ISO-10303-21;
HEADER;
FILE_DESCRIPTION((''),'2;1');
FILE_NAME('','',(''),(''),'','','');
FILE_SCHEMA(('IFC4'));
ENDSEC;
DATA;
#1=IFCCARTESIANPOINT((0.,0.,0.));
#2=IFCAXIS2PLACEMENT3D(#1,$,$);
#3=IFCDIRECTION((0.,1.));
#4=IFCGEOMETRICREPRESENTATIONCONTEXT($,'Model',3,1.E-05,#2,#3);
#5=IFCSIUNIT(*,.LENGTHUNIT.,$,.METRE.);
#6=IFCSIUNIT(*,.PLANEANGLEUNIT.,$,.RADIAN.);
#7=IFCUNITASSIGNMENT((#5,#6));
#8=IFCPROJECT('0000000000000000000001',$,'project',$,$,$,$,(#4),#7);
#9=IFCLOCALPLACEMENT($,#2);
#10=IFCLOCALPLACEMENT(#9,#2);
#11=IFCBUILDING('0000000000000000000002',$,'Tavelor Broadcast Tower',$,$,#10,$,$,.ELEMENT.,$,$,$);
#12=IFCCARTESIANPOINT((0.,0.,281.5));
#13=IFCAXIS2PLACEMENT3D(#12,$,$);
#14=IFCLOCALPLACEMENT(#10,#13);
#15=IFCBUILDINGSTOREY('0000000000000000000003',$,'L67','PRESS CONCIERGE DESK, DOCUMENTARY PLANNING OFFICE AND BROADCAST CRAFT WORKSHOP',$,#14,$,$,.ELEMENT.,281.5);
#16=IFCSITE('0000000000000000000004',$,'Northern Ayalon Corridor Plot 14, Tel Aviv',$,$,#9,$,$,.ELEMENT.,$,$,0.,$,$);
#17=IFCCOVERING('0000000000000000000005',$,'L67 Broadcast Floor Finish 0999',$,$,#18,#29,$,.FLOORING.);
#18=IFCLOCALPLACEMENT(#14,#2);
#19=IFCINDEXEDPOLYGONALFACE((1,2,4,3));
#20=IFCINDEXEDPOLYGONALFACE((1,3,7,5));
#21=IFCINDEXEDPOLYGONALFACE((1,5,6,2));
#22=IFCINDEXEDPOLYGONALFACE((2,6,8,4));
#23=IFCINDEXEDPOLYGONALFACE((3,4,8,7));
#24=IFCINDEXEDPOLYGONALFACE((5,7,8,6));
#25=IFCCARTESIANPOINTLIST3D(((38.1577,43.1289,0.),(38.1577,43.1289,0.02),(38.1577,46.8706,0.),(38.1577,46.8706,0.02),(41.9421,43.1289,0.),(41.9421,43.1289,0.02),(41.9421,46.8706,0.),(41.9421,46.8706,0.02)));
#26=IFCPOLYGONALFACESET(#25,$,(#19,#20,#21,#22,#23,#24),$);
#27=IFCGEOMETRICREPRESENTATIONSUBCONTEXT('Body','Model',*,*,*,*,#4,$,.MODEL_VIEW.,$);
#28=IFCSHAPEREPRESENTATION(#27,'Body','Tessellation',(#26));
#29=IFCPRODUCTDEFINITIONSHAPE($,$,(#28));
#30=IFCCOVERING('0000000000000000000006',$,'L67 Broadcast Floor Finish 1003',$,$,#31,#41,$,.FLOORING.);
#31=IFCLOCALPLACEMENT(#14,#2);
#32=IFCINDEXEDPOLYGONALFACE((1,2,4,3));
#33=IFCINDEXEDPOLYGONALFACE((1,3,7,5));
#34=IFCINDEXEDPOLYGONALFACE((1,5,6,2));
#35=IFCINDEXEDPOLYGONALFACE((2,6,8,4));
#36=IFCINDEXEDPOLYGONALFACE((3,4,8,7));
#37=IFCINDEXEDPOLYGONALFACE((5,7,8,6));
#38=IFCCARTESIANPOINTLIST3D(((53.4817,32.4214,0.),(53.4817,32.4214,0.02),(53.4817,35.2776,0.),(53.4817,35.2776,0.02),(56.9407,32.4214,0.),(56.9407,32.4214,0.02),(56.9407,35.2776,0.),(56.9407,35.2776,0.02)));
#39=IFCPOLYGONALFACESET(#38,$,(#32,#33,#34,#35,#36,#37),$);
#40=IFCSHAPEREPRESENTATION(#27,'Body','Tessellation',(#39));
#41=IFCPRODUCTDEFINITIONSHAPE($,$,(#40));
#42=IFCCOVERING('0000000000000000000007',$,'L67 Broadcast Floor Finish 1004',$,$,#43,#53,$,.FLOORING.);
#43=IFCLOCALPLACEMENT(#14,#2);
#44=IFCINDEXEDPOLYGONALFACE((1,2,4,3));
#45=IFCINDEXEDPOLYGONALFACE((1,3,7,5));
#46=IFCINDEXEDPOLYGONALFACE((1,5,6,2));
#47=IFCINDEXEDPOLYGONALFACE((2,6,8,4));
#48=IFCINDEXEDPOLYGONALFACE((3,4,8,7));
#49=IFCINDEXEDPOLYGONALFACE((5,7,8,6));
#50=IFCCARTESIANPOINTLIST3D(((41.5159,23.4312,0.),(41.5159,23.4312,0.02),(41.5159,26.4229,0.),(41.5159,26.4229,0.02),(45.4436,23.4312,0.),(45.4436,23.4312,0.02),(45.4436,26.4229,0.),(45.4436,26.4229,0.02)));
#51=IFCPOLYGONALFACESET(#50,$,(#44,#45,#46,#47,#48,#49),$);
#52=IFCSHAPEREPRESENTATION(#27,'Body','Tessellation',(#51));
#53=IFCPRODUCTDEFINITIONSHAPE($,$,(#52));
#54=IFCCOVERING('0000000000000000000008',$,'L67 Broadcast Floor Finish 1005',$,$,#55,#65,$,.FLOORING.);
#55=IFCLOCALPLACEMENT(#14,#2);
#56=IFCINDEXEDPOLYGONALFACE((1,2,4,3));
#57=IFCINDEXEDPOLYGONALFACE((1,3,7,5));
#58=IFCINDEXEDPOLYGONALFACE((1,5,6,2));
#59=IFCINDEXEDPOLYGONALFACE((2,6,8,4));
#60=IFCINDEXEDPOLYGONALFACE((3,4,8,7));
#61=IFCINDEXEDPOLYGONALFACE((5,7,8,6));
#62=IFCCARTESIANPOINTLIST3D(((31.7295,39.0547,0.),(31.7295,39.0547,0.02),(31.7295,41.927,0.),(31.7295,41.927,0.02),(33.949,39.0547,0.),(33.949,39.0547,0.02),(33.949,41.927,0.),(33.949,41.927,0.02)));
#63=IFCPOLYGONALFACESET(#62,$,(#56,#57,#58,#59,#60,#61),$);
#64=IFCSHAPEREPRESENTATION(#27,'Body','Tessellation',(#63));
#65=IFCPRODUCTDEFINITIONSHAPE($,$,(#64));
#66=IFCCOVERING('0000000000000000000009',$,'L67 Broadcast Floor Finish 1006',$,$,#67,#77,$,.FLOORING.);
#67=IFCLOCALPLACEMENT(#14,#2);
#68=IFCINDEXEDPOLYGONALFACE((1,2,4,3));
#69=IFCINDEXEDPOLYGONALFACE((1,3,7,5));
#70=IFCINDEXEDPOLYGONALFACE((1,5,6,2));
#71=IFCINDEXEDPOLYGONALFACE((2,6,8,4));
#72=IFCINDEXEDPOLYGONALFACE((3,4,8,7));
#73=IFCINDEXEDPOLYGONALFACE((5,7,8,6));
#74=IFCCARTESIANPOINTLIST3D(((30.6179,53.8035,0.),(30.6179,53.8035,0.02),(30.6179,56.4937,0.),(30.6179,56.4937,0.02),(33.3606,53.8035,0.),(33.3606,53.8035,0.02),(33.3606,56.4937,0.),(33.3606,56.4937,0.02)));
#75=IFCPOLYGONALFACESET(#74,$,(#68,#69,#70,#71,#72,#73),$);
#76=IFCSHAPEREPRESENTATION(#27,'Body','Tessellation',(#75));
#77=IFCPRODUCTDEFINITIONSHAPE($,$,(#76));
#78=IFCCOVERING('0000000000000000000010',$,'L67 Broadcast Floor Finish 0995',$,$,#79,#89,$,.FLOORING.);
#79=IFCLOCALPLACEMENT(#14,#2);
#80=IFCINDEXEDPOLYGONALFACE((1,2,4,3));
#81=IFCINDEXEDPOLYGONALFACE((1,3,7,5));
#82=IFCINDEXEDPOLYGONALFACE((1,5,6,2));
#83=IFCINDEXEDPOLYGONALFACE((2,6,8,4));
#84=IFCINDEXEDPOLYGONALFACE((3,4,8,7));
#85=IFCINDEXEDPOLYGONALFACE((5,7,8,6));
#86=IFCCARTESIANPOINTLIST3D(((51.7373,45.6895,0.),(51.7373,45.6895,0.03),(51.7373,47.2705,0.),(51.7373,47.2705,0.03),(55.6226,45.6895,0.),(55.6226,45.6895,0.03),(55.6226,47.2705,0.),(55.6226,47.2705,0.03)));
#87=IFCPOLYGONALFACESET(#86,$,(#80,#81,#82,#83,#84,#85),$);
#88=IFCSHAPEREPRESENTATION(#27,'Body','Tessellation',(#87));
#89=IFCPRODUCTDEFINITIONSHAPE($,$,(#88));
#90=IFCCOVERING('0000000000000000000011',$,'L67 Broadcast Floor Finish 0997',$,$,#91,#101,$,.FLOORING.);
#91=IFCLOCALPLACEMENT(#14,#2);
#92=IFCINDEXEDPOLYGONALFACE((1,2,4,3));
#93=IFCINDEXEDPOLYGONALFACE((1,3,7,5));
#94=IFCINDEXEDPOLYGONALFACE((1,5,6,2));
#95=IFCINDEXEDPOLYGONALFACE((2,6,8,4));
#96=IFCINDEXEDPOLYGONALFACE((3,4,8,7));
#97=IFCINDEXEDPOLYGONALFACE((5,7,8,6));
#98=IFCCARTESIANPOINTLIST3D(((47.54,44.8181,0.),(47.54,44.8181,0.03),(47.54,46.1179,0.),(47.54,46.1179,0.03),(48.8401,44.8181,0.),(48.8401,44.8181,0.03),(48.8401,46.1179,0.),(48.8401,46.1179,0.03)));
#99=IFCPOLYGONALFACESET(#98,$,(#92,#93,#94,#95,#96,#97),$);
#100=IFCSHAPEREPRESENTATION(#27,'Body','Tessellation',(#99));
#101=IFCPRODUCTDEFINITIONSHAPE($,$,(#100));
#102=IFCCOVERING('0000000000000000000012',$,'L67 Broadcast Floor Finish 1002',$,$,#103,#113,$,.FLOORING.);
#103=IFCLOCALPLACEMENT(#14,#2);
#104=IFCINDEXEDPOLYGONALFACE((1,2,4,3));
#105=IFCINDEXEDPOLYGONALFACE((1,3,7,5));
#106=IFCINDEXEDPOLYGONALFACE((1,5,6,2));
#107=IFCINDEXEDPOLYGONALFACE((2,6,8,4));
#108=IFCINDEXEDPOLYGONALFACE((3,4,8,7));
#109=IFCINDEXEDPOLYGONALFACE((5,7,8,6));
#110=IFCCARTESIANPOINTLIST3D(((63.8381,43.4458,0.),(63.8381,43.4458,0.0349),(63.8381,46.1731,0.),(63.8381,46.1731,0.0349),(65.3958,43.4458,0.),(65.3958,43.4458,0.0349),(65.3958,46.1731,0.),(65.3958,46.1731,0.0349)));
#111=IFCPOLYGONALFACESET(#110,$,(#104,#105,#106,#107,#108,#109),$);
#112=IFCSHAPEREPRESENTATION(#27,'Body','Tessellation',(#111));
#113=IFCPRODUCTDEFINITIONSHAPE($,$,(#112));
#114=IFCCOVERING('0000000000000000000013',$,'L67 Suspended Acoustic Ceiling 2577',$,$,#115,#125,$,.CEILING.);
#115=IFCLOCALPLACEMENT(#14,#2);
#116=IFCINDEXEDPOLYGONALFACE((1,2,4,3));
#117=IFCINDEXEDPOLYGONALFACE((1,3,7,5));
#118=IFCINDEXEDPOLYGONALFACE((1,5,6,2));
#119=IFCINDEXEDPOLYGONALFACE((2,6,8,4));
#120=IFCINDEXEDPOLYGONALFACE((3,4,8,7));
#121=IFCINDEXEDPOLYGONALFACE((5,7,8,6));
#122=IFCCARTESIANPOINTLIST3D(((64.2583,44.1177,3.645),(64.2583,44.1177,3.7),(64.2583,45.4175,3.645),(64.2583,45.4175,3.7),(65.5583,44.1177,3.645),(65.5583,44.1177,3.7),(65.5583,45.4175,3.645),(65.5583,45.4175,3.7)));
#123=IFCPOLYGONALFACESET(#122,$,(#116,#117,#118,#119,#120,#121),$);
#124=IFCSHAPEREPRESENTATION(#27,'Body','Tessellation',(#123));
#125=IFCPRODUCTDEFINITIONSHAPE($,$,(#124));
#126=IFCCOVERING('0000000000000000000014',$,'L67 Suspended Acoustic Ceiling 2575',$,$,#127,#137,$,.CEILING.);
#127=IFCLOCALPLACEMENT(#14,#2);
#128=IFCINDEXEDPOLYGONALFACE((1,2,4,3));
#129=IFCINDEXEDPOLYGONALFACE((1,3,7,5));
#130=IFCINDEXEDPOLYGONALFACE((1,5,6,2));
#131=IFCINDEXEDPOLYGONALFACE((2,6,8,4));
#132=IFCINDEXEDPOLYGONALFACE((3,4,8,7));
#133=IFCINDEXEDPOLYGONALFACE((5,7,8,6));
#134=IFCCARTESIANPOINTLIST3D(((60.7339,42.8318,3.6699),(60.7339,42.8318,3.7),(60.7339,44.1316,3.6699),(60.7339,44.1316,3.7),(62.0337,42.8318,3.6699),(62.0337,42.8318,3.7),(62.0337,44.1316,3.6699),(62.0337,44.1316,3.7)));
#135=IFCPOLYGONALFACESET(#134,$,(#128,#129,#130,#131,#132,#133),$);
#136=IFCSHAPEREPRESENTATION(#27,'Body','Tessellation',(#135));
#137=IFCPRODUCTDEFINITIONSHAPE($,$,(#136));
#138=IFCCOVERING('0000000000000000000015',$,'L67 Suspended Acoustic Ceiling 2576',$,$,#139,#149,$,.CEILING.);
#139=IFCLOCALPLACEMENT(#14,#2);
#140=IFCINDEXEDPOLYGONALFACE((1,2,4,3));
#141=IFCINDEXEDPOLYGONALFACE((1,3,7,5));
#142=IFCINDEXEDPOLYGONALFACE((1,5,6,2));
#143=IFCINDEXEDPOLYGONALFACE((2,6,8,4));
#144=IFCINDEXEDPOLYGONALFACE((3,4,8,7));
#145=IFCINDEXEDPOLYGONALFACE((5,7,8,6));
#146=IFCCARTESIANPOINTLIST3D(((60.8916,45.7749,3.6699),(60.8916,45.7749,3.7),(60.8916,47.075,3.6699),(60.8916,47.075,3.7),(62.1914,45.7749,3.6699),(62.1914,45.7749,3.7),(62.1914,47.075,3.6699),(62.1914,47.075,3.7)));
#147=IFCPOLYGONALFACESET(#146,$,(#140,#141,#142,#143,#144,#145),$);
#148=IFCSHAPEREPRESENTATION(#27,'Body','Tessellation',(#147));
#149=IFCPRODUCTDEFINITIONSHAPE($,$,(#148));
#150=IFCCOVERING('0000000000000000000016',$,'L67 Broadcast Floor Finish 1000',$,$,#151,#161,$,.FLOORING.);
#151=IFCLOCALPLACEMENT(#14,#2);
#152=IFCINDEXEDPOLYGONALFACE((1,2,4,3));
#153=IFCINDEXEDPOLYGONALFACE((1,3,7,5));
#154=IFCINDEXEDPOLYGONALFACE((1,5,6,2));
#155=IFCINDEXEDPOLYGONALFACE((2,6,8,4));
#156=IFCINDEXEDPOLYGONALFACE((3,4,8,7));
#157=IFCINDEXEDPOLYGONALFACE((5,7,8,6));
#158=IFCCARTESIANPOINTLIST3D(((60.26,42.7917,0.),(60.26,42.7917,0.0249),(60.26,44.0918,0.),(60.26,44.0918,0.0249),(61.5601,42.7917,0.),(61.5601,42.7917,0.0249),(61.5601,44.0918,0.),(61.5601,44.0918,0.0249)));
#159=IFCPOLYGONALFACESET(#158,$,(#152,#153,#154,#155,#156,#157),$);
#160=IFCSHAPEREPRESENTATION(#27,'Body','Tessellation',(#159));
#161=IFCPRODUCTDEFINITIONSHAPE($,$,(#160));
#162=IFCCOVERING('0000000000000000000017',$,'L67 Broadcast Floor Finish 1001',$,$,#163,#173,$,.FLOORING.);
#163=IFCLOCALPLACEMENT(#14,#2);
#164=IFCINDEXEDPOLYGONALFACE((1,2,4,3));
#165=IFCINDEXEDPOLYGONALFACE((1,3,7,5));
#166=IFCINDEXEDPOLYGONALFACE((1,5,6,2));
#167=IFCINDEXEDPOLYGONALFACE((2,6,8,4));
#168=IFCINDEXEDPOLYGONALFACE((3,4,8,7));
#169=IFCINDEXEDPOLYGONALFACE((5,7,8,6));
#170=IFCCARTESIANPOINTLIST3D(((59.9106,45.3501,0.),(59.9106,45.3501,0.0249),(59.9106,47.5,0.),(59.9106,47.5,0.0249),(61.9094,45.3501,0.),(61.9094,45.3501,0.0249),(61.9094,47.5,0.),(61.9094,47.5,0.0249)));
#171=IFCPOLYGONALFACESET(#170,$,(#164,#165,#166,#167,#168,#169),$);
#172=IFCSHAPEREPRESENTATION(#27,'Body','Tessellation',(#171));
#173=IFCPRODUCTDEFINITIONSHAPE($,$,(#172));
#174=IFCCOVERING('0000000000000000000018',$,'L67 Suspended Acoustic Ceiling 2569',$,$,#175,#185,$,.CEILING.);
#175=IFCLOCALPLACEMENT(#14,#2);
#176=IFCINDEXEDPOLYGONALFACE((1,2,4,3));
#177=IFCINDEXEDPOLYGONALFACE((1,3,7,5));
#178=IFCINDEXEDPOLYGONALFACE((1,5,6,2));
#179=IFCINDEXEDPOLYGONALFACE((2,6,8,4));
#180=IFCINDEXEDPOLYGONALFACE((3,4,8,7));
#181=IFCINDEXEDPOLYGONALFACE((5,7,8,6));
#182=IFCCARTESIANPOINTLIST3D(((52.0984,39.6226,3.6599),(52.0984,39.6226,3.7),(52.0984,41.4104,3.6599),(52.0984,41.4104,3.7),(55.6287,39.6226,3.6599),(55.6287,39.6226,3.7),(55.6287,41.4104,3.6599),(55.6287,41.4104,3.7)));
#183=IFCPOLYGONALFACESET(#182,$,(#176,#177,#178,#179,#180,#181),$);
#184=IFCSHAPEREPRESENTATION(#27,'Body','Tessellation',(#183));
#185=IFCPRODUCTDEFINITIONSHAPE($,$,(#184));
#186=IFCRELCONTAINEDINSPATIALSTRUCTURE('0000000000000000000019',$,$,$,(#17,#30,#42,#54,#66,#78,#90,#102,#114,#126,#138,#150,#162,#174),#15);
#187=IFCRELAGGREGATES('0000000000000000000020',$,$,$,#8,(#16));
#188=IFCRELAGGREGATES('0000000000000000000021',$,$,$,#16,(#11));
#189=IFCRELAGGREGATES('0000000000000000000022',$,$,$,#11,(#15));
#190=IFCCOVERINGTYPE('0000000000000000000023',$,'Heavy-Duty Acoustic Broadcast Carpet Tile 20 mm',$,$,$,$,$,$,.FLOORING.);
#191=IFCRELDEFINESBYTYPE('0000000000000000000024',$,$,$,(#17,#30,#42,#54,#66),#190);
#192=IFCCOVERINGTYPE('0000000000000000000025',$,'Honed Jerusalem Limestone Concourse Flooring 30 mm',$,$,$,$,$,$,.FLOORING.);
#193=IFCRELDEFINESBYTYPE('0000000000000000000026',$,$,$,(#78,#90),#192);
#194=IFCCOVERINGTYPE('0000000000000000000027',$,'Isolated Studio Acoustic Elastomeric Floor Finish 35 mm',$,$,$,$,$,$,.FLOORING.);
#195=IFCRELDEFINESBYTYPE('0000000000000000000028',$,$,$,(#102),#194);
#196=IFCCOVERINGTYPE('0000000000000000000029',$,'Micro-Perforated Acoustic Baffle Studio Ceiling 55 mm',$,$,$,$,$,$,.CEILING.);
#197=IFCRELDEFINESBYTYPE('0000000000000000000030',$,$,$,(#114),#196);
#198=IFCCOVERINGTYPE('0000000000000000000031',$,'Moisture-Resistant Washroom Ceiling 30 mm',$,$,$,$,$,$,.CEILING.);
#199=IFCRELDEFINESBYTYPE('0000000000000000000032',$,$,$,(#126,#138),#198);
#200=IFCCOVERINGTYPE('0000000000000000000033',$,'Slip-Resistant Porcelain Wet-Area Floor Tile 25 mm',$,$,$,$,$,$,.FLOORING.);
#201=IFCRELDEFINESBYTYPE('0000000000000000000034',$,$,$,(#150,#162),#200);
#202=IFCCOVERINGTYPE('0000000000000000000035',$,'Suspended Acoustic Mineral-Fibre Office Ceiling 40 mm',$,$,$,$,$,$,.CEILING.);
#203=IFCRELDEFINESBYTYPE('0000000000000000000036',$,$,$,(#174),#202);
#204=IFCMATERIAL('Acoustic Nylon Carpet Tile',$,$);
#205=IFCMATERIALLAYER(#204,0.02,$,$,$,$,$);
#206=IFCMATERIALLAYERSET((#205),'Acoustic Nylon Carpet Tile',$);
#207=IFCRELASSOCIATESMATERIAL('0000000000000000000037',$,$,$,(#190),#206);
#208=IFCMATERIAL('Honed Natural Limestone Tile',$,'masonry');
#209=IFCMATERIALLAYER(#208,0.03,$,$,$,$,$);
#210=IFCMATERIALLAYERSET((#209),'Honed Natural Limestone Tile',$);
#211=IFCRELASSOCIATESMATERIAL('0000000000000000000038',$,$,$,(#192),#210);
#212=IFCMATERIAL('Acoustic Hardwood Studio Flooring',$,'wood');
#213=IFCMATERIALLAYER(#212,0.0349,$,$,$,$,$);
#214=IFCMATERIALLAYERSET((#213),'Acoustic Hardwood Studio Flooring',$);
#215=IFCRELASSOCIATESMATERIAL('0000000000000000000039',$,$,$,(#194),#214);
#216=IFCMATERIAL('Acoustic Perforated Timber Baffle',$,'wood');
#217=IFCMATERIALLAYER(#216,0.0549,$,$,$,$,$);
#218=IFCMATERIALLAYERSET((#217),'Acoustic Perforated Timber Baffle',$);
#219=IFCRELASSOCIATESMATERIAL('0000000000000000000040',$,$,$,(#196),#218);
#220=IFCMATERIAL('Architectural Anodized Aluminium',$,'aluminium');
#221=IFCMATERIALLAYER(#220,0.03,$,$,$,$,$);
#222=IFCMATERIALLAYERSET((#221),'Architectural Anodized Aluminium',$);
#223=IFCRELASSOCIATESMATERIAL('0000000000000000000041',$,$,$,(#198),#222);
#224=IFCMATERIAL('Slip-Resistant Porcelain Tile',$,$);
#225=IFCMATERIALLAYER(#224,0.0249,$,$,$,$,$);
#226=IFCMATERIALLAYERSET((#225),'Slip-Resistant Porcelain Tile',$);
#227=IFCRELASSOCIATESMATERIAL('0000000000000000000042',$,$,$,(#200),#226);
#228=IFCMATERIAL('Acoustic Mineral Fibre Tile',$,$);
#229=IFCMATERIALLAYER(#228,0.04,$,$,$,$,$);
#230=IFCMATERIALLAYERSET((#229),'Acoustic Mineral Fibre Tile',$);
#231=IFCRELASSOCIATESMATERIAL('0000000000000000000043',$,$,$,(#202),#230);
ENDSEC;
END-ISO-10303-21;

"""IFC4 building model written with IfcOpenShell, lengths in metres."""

from ifc_helpers import new_model, si_unit, direction, frame, origin, place, context, subcontext, project, spatial, polyline, outline, extrude, material, layer, layer_set, type_object, element, save


model = new_model("IFC4")

# Units and contexts
model_context = context("Model", 3, precision=1e-05, world=origin(), true_north=direction((0.0, 1.0)))
body_context = subcontext(model_context, "Body", "Model", "MODEL_VIEW")
ifc_project = project(units=[si_unit("LENGTHUNIT", "METRE"), si_unit("PLANEANGLEUNIT", "RADIAN")], contexts=[model_context])

# Site, building, storey
site_placement = place(None, origin())
site = spatial("IfcSite", under=ifc_project, at=site_placement, Name="Northern Ayalon Corridor Plot 14, Tel Aviv", CompositionType="ELEMENT", RefElevation=0.0)
building_placement = place(site_placement, origin())
building = spatial("IfcBuilding", under=site, at=building_placement, Name="Tavelor Broadcast Tower", CompositionType="ELEMENT")
storey_placement = place(building_placement, frame((0.0, 0.0, 281.5)))
storey = spatial("IfcBuildingStorey", under=building, at=storey_placement, Name="L67", Description="PRESS CONCIERGE DESK, DOCUMENTARY PLANNING OFFICE AND BROADCAST CRAFT WORKSHOP", CompositionType="ELEMENT", Elevation=281.5)

# Coverings
ifc_material_1 = material(Name="Architectural Anodized Aluminium", Category="aluminium")
ifc_material_2 = material(Name="Acoustic Nylon Carpet Tile")
ifc_layer_1 = layer(ifc_material_2, 0.02)
ifc_layer_set_1 = layer_set([ifc_layer_1], Name="Acoustic Nylon Carpet Tile")
covering_type_1 = type_object("IfcCoveringType", Name="Heavy-Duty Acoustic Broadcast Carpet Tile 20 mm", PredefinedType="FLOORING", material=ifc_layer_set_1)
covering_1_placement = place(storey_placement, origin())
element("IfcCovering", 1, at=covering_1_placement, inside=storey, type_object=covering_type_1, Name="L67 Broadcast Floor Finish 0999", PredefinedType="FLOORING", context=body_context, shape_type="SweptSolid", body=[
    extrude(outline(polyline([(38.1577, 43.1289), (41.9421, 43.1289), (41.9421, 46.8706), (38.1577, 46.8706), (38.1577, 43.1289)])), origin(), (0.0, 0.0, 1.0), 0.02),
])
covering_2_placement = place(storey_placement, origin())
element("IfcCovering", 2, at=covering_2_placement, inside=storey, type_object=covering_type_1, Name="L67 Broadcast Floor Finish 1003", PredefinedType="FLOORING", context=body_context, shape_type="SweptSolid", body=[
    extrude(outline(polyline([(53.4817, 32.4214), (56.9407, 32.4214), (56.9407, 35.2776), (53.4817, 35.2776), (53.4817, 32.4214)])), origin(), (0.0, 0.0, 1.0), 0.02),
])
covering_3_placement = place(storey_placement, origin())
element("IfcCovering", 3, at=covering_3_placement, inside=storey, type_object=covering_type_1, Name="L67 Broadcast Floor Finish 1004", PredefinedType="FLOORING", context=body_context, shape_type="SweptSolid", body=[
    extrude(outline(polyline([(41.5159, 23.4312), (45.4436, 23.4312), (45.4436, 26.4229), (41.5159, 26.4229), (41.5159, 23.4312)])), origin(), (0.0, 0.0, 1.0), 0.02),
])
covering_4_placement = place(storey_placement, origin())
element("IfcCovering", 4, at=covering_4_placement, inside=storey, type_object=covering_type_1, Name="L67 Broadcast Floor Finish 1005", PredefinedType="FLOORING", context=body_context, shape_type="SweptSolid", body=[
    extrude(outline(polyline([(31.7295, 39.0547), (33.949, 39.0547), (33.949, 41.927), (31.7295, 41.927), (31.7295, 39.0547)])), origin(), (0.0, 0.0, 1.0), 0.02),
])
covering_5_placement = place(storey_placement, origin())
element("IfcCovering", 5, at=covering_5_placement, inside=storey, type_object=covering_type_1, Name="L67 Broadcast Floor Finish 1006", PredefinedType="FLOORING", context=body_context, shape_type="SweptSolid", body=[
    extrude(outline(polyline([(30.6179, 53.8035), (33.3606, 53.8035), (33.3606, 56.4937), (30.6179, 56.4937), (30.6179, 53.8035)])), origin(), (0.0, 0.0, 1.0), 0.02),
])
ifc_material_3 = material(Name="Honed Natural Limestone Tile", Category="masonry")
ifc_layer_2 = layer(ifc_material_3, 0.03)
ifc_layer_set_2 = layer_set([ifc_layer_2], Name="Honed Natural Limestone Tile")
covering_type_2 = type_object("IfcCoveringType", Name="Honed Jerusalem Limestone Concourse Flooring 30 mm", PredefinedType="FLOORING", material=ifc_layer_set_2)
covering_6_placement = place(storey_placement, origin())
element("IfcCovering", 6, at=covering_6_placement, inside=storey, type_object=covering_type_2, Name="L67 Broadcast Floor Finish 0995", PredefinedType="FLOORING", context=body_context, shape_type="SweptSolid", body=[
    extrude(outline(polyline([(51.7373, 45.6895), (55.6226, 45.6895), (55.6226, 47.2705), (51.7373, 47.2705), (51.7373, 45.6895)])), origin(), (0.0, 0.0, 1.0), 0.03),
])
covering_7_placement = place(storey_placement, origin())
element("IfcCovering", 7, at=covering_7_placement, inside=storey, type_object=covering_type_2, Name="L67 Broadcast Floor Finish 0997", PredefinedType="FLOORING", context=body_context, shape_type="SweptSolid", body=[
    extrude(outline(polyline([(47.54, 44.8181), (48.8401, 44.8181), (48.8401, 46.1179), (47.54, 46.1179), (47.54, 44.8181)])), origin(), (0.0, 0.0, 1.0), 0.03),
])
ifc_material_4 = material(Name="Acoustic Hardwood Studio Flooring", Category="wood")
ifc_layer_3 = layer(ifc_material_4, 0.0349)
ifc_layer_set_3 = layer_set([ifc_layer_3], Name="Acoustic Hardwood Studio Flooring")
covering_type_3 = type_object("IfcCoveringType", Name="Isolated Studio Acoustic Elastomeric Floor Finish 35 mm", PredefinedType="FLOORING", material=ifc_layer_set_3)
covering_8_placement = place(storey_placement, origin())
element("IfcCovering", 8, at=covering_8_placement, inside=storey, type_object=covering_type_3, Name="L67 Broadcast Floor Finish 1002", PredefinedType="FLOORING", context=body_context, shape_type="SweptSolid", body=[
    extrude(outline(polyline([(63.8381, 43.4458), (65.3958, 43.4458), (65.3958, 46.1731), (63.8381, 46.1731), (63.8381, 43.4458)])), origin(), (0.0, 0.0, 1.0), 0.0349),
])
ifc_material_5 = material(Name="Acoustic Perforated Timber Baffle", Category="wood")
ifc_layer_4 = layer(ifc_material_5, 0.0549)
ifc_layer_set_4 = layer_set([ifc_layer_4], Name="Acoustic Perforated Timber Baffle")
covering_type_4 = type_object("IfcCoveringType", Name="Micro-Perforated Acoustic Baffle Studio Ceiling 55 mm", PredefinedType="CEILING", material=ifc_layer_set_4)
covering_9_placement = place(storey_placement, frame((0.0, 0.0, 3.645)))
element("IfcCovering", 9, at=covering_9_placement, inside=storey, type_object=covering_type_4, Name="L67 Suspended Acoustic Ceiling 2577", PredefinedType="CEILING", context=body_context, shape_type="SweptSolid", body=[
    extrude(outline(polyline([(64.2583, 44.1177), (65.5583, 44.1177), (65.5583, 45.4175), (64.2583, 45.4175), (64.2583, 44.1177)])), origin(), (0.0, 0.0, 1.0), 0.0549),
])
ifc_layer_5 = layer(ifc_material_1, 0.03)
ifc_layer_set_5 = layer_set([ifc_layer_5], Name="Architectural Anodized Aluminium")
covering_type_5 = type_object("IfcCoveringType", Name="Moisture-Resistant Washroom Ceiling 30 mm", PredefinedType="CEILING", material=ifc_layer_set_5)
covering_10_placement = place(storey_placement, frame((0.0, 0.0, 3.6699)))
element("IfcCovering", 10, at=covering_10_placement, inside=storey, type_object=covering_type_5, Name="L67 Suspended Acoustic Ceiling 2575", PredefinedType="CEILING", context=body_context, shape_type="SweptSolid", body=[
    extrude(outline(polyline([(60.7339, 42.8318), (62.0337, 42.8318), (62.0337, 44.1316), (60.7339, 44.1316), (60.7339, 42.8318)])), origin(), (0.0, 0.0, 1.0), 0.03),
])
covering_11_placement = place(storey_placement, frame((0.0, 0.0, 3.6699)))
element("IfcCovering", 11, at=covering_11_placement, inside=storey, type_object=covering_type_5, Name="L67 Suspended Acoustic Ceiling 2576", PredefinedType="CEILING", context=body_context, shape_type="SweptSolid", body=[
    extrude(outline(polyline([(60.8916, 45.7749), (62.1914, 45.7749), (62.1914, 47.075), (60.8916, 47.075), (60.8916, 45.7749)])), origin(), (0.0, 0.0, 1.0), 0.03),
])
ifc_material_6 = material(Name="Slip-Resistant Porcelain Tile")
ifc_layer_6 = layer(ifc_material_6, 0.0249)
ifc_layer_set_6 = layer_set([ifc_layer_6], Name="Slip-Resistant Porcelain Tile")
covering_type_6 = type_object("IfcCoveringType", Name="Slip-Resistant Porcelain Wet-Area Floor Tile 25 mm", PredefinedType="FLOORING", material=ifc_layer_set_6)
covering_12_placement = place(storey_placement, origin())
element("IfcCovering", 12, at=covering_12_placement, inside=storey, type_object=covering_type_6, Name="L67 Broadcast Floor Finish 1000", PredefinedType="FLOORING", context=body_context, shape_type="SweptSolid", body=[
    extrude(outline(polyline([(60.26, 42.7917), (61.5601, 42.7917), (61.5601, 44.0918), (60.26, 44.0918), (60.26, 42.7917)])), origin(), (0.0, 0.0, 1.0), 0.0249),
])
covering_13_placement = place(storey_placement, origin())
element("IfcCovering", 13, at=covering_13_placement, inside=storey, type_object=covering_type_6, Name="L67 Broadcast Floor Finish 1001", PredefinedType="FLOORING", context=body_context, shape_type="SweptSolid", body=[
    extrude(outline(polyline([(59.9106, 45.3501), (61.9094, 45.3501), (61.9094, 47.5), (59.9106, 47.5), (59.9106, 45.3501)])), origin(), (0.0, 0.0, 1.0), 0.0249),
])
ifc_material_7 = material(Name="Acoustic Mineral Fibre Tile")
ifc_layer_7 = layer(ifc_material_7, 0.04)
ifc_layer_set_7 = layer_set([ifc_layer_7], Name="Acoustic Mineral Fibre Tile")
covering_type_7 = type_object("IfcCoveringType", Name="Suspended Acoustic Mineral-Fibre Office Ceiling 40 mm", PredefinedType="CEILING", material=ifc_layer_set_7)
covering_14_placement = place(storey_placement, frame((0.0, 0.0, 3.6599)))
element("IfcCovering", 14, at=covering_14_placement, inside=storey, type_object=covering_type_7, Name="L67 Suspended Acoustic Ceiling 2569", PredefinedType="CEILING", context=body_context, shape_type="SweptSolid", body=[
    extrude(outline(polyline([(52.0984, 39.6226), (55.6287, 39.6226), (55.6287, 41.4104), (52.0984, 41.4104), (52.0984, 39.6226)])), origin(), (0.0, 0.0, 1.0), 0.04),
])

save(model, "model.ifc")
